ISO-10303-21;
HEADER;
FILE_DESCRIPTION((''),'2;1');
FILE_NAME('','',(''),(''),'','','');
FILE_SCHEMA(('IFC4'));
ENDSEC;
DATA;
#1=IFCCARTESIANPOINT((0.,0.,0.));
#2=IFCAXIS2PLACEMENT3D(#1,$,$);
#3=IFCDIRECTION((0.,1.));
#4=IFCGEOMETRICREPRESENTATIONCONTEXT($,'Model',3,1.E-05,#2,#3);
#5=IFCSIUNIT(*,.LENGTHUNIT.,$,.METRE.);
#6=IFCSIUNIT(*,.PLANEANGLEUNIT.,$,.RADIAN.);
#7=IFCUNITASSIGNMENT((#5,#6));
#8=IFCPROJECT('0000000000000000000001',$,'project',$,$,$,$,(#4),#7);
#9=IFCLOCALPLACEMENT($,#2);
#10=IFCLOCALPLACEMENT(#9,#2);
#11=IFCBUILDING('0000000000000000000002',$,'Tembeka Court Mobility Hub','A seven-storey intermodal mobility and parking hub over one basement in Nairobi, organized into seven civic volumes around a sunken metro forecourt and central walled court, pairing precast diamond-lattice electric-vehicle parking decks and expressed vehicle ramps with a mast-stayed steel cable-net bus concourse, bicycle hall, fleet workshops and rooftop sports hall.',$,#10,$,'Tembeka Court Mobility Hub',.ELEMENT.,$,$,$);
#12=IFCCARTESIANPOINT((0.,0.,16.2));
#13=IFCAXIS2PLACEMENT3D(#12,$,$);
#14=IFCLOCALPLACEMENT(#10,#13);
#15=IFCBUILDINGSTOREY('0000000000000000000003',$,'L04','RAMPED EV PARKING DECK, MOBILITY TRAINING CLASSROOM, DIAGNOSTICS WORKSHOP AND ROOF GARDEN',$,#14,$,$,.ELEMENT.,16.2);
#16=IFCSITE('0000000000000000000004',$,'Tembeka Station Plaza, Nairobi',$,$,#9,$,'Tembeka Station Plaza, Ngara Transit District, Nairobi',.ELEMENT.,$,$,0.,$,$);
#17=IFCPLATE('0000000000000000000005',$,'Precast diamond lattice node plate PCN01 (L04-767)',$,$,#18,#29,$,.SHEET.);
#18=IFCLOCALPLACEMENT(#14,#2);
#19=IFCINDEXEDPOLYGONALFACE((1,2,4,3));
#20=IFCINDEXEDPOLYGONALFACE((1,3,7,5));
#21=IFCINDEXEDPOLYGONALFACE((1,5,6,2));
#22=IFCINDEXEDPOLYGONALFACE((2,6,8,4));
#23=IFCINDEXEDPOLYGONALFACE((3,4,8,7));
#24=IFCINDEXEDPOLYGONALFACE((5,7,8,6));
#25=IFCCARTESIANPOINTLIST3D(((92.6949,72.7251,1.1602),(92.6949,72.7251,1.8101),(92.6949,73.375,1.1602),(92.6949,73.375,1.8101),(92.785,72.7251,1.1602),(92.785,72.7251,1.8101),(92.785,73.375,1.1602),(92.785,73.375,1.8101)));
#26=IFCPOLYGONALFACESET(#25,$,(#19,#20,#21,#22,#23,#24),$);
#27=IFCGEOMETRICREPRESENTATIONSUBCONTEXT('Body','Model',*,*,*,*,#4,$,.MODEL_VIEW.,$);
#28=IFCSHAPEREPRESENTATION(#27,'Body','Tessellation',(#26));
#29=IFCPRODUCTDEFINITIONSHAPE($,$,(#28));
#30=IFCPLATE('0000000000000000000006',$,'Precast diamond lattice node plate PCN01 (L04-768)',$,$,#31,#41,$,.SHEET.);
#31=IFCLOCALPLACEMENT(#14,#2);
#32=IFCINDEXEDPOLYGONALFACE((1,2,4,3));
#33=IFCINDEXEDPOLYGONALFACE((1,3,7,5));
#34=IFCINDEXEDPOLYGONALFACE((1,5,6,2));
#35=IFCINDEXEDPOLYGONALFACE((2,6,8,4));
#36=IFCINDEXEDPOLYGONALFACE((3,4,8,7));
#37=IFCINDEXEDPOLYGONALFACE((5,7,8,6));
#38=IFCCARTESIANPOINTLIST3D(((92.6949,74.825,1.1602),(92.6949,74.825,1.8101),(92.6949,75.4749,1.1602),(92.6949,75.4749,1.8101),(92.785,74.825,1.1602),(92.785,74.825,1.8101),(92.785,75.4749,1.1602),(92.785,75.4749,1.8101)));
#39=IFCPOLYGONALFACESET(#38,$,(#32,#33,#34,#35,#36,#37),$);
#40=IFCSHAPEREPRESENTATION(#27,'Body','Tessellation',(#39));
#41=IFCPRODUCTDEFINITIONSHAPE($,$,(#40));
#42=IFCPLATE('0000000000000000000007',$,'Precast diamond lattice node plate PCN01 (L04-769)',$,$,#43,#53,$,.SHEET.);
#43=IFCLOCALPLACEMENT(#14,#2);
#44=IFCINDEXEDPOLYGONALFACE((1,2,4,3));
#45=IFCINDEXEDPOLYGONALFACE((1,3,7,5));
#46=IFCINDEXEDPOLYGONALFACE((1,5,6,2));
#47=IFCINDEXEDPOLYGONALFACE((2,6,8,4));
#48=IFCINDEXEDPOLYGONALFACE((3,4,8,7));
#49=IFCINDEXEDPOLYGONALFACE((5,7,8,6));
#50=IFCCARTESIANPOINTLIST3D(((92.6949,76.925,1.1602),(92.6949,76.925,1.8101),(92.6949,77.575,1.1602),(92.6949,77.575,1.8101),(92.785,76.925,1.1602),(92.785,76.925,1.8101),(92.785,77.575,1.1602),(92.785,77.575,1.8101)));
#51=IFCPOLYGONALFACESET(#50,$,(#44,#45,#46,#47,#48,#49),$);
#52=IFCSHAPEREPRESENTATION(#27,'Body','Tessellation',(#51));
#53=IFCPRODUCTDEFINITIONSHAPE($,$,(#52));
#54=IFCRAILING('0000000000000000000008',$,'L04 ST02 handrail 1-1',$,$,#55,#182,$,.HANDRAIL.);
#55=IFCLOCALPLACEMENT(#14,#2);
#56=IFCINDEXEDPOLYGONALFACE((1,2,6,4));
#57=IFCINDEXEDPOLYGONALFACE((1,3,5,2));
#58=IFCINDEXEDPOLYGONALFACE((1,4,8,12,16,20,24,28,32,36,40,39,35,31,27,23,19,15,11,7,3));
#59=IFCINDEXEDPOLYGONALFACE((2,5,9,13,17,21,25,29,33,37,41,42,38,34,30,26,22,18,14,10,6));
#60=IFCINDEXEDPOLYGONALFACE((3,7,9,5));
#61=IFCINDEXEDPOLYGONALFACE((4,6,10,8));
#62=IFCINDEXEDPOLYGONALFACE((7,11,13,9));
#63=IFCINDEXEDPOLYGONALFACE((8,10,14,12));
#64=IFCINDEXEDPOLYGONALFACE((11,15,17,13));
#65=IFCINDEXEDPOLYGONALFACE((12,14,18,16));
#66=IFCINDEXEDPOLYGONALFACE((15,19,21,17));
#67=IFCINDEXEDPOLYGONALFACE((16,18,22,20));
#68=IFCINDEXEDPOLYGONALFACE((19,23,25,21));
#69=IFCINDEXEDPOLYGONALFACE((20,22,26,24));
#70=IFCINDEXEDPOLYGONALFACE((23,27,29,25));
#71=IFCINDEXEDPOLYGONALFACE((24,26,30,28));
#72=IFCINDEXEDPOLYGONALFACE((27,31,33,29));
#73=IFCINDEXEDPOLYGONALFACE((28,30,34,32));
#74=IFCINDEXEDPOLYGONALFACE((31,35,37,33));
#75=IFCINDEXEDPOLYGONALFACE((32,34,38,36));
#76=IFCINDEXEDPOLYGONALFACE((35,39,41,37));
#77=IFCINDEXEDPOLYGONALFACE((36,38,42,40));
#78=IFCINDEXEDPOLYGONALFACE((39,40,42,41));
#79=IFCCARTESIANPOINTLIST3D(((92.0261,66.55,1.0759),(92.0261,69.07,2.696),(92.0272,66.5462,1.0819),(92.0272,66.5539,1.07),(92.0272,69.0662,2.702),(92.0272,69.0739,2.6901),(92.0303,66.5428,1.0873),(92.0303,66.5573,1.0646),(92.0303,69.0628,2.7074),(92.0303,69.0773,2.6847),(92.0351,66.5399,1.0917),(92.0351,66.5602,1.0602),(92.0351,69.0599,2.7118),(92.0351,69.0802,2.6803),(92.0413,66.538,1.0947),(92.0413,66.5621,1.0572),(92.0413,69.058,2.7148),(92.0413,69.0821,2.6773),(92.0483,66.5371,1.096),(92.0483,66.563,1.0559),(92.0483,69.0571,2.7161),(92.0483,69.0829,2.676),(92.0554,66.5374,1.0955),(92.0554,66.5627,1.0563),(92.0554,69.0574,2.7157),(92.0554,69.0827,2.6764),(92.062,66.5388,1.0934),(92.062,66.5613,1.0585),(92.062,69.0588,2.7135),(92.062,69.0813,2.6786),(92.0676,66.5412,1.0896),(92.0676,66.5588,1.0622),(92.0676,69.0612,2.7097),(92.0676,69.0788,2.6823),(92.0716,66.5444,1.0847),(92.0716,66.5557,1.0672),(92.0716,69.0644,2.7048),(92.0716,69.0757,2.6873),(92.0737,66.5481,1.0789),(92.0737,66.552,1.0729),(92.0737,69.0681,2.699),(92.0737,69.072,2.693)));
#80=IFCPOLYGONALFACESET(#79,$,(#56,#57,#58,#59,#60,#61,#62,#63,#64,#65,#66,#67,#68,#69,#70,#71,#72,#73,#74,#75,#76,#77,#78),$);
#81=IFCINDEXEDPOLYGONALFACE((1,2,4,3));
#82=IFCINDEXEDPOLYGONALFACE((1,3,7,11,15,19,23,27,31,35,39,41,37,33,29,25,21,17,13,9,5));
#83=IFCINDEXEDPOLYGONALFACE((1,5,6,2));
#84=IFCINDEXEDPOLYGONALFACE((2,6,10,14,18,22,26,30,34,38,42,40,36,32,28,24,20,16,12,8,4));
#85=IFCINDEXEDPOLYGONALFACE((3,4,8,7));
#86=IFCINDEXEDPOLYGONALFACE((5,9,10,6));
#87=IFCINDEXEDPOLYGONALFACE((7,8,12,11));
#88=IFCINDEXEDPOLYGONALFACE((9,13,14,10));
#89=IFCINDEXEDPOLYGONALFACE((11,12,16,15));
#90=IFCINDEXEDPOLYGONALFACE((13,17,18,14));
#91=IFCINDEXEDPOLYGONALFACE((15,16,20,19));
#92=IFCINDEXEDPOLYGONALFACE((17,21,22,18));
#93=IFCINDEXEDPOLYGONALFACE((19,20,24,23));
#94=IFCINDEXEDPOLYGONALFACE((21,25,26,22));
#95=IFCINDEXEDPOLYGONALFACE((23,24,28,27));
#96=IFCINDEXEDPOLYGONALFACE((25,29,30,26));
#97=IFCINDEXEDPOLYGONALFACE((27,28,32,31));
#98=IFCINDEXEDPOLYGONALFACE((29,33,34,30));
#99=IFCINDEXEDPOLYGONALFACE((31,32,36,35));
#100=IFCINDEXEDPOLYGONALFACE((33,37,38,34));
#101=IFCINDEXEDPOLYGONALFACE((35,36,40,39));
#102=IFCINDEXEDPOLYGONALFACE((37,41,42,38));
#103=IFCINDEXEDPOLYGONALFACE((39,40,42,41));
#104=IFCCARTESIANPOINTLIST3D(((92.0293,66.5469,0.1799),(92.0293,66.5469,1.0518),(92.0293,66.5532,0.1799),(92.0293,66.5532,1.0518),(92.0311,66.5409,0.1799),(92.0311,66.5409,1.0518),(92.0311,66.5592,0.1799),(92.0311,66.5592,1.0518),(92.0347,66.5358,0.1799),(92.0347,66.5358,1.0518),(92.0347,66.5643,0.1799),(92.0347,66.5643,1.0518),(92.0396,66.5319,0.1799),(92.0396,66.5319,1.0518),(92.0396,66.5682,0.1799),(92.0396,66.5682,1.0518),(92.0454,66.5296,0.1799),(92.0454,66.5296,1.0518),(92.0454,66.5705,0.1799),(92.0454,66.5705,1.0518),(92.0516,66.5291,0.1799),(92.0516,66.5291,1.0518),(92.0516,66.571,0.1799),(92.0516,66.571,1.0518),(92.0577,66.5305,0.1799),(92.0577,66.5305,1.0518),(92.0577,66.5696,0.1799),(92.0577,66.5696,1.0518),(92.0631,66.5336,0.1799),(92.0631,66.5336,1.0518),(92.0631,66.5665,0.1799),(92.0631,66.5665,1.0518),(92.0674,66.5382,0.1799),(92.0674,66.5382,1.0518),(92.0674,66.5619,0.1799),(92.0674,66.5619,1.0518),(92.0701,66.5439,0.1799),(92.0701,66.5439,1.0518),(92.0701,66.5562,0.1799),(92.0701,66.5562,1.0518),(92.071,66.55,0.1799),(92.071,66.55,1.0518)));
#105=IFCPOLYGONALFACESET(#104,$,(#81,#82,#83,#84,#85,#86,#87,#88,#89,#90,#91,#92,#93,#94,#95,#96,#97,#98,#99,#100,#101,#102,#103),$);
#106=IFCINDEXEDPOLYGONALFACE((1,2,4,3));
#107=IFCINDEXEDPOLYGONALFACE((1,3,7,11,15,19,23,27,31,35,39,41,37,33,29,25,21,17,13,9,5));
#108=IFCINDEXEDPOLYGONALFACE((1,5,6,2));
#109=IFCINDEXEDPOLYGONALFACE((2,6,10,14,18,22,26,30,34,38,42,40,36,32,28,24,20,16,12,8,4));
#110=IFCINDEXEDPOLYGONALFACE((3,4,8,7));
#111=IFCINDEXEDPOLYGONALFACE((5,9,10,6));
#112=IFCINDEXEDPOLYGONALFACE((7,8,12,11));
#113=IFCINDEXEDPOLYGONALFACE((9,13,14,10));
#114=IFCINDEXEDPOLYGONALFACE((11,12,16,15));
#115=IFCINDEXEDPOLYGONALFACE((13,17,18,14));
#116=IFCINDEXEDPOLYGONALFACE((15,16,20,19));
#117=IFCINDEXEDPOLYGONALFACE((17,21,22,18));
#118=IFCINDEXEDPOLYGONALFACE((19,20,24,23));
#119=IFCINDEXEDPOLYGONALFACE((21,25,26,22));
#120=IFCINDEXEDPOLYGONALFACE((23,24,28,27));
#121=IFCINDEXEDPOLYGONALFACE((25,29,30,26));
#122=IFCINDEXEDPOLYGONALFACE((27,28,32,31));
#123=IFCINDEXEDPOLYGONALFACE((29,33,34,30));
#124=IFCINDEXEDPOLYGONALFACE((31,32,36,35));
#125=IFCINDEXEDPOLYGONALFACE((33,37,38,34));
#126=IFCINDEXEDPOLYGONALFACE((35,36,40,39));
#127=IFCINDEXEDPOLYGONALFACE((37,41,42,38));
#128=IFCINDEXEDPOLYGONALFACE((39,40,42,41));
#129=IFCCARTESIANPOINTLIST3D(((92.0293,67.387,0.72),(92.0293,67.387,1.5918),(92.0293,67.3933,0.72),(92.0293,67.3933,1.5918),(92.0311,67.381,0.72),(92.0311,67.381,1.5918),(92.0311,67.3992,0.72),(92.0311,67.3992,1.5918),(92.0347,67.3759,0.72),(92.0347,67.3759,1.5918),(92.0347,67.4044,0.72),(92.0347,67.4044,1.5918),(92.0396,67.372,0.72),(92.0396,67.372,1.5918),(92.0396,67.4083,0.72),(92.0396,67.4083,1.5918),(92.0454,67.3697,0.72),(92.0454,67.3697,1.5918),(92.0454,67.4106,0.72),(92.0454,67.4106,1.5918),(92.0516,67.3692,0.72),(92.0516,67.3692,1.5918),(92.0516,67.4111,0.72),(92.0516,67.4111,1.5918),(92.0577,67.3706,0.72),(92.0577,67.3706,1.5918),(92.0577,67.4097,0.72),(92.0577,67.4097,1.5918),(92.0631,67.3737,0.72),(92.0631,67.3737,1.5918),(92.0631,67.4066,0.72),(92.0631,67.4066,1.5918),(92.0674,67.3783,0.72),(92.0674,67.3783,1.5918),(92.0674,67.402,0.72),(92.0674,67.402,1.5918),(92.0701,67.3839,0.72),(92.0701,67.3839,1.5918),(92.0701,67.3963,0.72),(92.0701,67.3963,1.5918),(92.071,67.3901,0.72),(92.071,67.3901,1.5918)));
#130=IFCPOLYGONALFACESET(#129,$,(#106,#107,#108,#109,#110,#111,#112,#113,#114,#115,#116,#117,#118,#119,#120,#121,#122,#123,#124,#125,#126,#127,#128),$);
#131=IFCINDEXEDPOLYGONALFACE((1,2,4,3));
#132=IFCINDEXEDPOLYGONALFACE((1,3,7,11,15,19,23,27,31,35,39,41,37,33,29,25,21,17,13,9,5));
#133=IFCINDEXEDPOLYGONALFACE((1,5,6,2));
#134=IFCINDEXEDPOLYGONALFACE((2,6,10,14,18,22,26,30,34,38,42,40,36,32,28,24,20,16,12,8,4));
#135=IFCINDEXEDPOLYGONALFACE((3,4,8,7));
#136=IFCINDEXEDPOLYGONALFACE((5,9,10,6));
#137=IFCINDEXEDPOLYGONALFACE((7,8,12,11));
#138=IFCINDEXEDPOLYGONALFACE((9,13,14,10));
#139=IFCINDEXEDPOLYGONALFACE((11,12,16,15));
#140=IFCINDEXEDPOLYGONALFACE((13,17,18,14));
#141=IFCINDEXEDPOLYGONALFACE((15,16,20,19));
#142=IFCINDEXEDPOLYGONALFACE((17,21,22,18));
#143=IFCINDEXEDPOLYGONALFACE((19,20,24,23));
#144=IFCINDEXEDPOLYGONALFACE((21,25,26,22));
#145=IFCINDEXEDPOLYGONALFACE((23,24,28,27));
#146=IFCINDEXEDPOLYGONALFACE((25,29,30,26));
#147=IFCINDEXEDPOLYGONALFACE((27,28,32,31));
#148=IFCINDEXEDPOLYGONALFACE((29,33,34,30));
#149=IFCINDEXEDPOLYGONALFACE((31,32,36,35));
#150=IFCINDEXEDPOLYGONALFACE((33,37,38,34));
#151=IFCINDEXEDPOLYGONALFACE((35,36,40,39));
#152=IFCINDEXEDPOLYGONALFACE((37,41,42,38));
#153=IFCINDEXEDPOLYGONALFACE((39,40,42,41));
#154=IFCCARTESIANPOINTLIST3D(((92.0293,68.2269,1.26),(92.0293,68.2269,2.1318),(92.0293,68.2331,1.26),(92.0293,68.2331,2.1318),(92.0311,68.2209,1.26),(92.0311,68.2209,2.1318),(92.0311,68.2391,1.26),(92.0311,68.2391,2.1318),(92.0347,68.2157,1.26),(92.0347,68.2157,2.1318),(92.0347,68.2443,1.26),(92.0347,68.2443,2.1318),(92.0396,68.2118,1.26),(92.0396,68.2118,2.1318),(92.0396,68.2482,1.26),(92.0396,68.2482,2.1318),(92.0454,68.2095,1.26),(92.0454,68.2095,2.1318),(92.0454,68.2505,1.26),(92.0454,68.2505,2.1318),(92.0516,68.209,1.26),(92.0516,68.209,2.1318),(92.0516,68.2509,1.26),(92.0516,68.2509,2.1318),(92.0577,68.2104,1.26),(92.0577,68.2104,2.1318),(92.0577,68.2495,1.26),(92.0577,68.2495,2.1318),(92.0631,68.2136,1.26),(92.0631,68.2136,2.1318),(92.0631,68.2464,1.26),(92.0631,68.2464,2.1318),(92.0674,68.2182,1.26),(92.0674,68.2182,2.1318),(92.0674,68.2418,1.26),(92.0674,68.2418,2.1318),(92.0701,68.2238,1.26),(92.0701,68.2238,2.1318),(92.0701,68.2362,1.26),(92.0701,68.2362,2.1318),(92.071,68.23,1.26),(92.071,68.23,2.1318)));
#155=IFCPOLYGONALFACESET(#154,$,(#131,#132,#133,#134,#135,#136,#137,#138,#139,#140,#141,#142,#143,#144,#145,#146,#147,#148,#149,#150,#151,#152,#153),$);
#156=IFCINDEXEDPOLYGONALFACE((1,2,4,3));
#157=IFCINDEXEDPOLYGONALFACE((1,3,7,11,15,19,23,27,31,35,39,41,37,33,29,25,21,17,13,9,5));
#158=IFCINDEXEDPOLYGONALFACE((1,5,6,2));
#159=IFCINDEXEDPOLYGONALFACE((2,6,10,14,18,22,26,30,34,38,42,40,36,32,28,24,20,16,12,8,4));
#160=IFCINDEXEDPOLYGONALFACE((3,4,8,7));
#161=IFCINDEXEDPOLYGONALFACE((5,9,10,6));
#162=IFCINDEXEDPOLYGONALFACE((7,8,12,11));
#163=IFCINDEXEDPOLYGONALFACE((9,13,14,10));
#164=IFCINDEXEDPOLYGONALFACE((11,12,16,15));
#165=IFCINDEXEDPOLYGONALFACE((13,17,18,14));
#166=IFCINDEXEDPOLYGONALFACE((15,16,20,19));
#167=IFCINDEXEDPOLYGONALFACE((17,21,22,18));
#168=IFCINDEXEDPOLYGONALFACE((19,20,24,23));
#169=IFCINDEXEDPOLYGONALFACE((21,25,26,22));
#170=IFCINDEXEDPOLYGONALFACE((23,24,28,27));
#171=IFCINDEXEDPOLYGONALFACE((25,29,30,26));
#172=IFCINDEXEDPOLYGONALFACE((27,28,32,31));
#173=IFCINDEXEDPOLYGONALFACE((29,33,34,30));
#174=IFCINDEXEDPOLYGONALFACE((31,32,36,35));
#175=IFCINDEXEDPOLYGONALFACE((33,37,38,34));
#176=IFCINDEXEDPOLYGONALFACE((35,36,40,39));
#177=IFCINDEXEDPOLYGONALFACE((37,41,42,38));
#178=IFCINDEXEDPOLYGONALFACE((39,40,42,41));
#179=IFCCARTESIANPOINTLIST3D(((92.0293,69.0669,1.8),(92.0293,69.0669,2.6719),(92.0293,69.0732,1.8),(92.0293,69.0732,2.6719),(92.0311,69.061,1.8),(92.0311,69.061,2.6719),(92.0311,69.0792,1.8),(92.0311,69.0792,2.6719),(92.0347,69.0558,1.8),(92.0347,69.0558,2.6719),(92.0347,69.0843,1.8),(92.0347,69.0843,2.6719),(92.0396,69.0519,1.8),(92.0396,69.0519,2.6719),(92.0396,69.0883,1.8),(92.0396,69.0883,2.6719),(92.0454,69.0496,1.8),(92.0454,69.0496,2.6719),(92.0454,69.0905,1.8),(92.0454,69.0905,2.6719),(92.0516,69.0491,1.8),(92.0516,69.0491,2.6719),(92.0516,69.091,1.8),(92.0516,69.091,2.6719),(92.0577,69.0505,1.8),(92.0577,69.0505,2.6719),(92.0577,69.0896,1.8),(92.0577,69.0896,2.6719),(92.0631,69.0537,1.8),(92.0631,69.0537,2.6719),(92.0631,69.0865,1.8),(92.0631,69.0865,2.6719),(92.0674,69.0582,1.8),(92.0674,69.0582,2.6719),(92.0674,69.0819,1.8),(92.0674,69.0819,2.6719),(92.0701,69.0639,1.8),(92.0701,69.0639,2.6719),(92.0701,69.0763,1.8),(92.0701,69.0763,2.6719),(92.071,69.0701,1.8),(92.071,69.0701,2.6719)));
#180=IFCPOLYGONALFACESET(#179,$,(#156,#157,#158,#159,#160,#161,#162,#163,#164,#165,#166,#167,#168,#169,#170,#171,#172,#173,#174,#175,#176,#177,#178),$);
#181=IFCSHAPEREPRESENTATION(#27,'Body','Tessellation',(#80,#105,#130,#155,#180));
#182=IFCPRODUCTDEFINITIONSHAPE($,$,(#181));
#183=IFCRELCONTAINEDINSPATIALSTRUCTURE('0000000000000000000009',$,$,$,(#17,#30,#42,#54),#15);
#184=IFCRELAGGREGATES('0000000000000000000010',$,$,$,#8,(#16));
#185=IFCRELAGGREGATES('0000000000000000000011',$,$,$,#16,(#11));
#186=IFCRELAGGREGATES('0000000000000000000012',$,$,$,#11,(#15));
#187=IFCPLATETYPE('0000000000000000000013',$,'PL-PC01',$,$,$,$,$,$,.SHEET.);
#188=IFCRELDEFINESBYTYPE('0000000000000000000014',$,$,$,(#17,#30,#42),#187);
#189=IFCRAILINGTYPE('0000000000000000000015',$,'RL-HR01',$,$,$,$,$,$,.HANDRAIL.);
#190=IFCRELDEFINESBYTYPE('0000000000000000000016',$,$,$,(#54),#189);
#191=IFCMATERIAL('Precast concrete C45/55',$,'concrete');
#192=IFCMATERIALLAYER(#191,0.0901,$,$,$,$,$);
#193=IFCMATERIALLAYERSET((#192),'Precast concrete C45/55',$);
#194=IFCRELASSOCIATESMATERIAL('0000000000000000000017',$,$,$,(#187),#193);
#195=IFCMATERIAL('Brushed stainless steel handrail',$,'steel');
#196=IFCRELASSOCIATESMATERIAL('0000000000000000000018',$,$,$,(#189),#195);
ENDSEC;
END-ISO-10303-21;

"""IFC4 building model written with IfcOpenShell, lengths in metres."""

from ifc_helpers import new_model, si_unit, direction, frame, origin, origin_2d, place, context, subcontext, project, spatial, rectangle, circle, extrude, material, layer, layer_set, type_object, element, save


model = new_model("IFC4")

# Units and contexts
model_context = context("Model", 3, precision=1e-05, world=origin(), true_north=direction((0.0, 1.0)))
body_context = subcontext(model_context, "Body", "Model", "MODEL_VIEW")
ifc_project = project(units=[si_unit("LENGTHUNIT", "METRE"), si_unit("PLANEANGLEUNIT", "RADIAN")], contexts=[model_context])

# Site, building, storey
site_placement = place(None, origin())
site = spatial("IfcSite", under=ifc_project, at=site_placement, Name="Tembeka Station Plaza, Nairobi", LongName="Tembeka Station Plaza, Ngara Transit District, Nairobi", CompositionType="ELEMENT", RefElevation=0.0)
building_placement = place(site_placement, origin())
building = spatial("IfcBuilding", under=site, at=building_placement, Name="Tembeka Court Mobility Hub", Description="A seven-storey intermodal mobility and parking hub over one basement in Nairobi, organized into seven civic volumes around a sunken metro forecourt and central walled court, pairing precast diamond-lattice electric-vehicle parking decks and expressed vehicle ramps with a mast-stayed steel cable-net bus concourse, bicycle hall, fleet workshops and rooftop sports hall.", LongName="Tembeka Court Mobility Hub", CompositionType="ELEMENT")
storey_placement = place(building_placement, frame((0.0, 0.0, 16.2)))
storey = spatial("IfcBuildingStorey", under=building, at=storey_placement, Name="L04", Description="RAMPED EV PARKING DECK, MOBILITY TRAINING CLASSROOM, DIAGNOSTICS WORKSHOP AND ROOF GARDEN", CompositionType="ELEMENT", Elevation=16.2)

# Shared definitions
ifc_material_1 = material(Name="Precast concrete C45/55", Category="concrete")

# Plates
ifc_layer = layer(ifc_material_1, 0.0901)
ifc_layer_set = layer_set([ifc_layer], Name="Precast concrete C45/55")
plate_type = type_object("IfcPlateType", Name="PL-PC01", PredefinedType="SHEET", material=ifc_layer_set)
for number, where, z_axis, x_axis, name in (
    (1, (92.74, 73.05, 1.1602), (0.0, 0.0, 1.0), (1.0, 0.0, 0.0), "Precast diamond lattice node plate PCN01 (L04-767)"),
    (2, (92.74, 75.1499, 1.1602), (0.0, 0.0, 1.0), (1.0, 0.0, 0.0), "Precast diamond lattice node plate PCN01 (L04-768)"),
    (3, (92.74, 77.25, 1.1602), (0.0, 0.0, 1.0), (1.0, 0.0, 0.0), "Precast diamond lattice node plate PCN01 (L04-769)"),
):
    element("IfcPlate", number, at=place(storey_placement, frame(where, z_axis=z_axis, x_axis=x_axis)), inside=storey, type_object=plate_type, Name=name, PredefinedType="SHEET", context=body_context, shape_type="SweptSolid", body=[
        extrude(rectangle(XDim=0.0901, YDim=0.6499, at=origin_2d()), origin(), (0.0, 0.0, 1.0), 0.6499),
    ])

# Railing
ifc_material_2 = material(Name="Brushed stainless steel handrail", Category="steel")
railing_type = type_object("IfcRailingType", Name="RL-HR01", PredefinedType="HANDRAIL", material=ifc_material_2)
railing_placement = place(storey_placement, frame((92.05, 66.55, 0.1799)))
element("IfcRailing", 4, at=railing_placement, inside=storey, type_object=railing_type, Name="L04 ST02 handrail 1-1", PredefinedType="HANDRAIL", context=body_context, shape_type="SweptSolid", body=[
    extrude(circle(Radius=0.0239, at=origin_2d()), frame((0.0, 0.0, 0.896), z_axis=(0.0, 0.841163, 0.540782), x_axis=(-1.0, 0.0, 0.0)), (0.0, 0.0, 1.0), 2.9958),
    extrude(circle(Radius=0.021, at=origin_2d()), origin(), (0.0, 0.0, 1.0), 0.8718),
    extrude(circle(Radius=0.021, at=origin_2d()), frame((0.0, 0.8401, 0.54)), (0.0, 0.0, 1.0), 0.8718),
    extrude(circle(Radius=0.021, at=origin_2d()), frame((0.0, 1.6799, 1.0801)), (0.0, 0.0, 1.0), 0.8718),
    extrude(circle(Radius=0.021, at=origin_2d()), frame((0.0, 2.52, 1.6201)), (0.0, 0.0, 1.0), 0.8718),
])

save(model, "model.ifc")
